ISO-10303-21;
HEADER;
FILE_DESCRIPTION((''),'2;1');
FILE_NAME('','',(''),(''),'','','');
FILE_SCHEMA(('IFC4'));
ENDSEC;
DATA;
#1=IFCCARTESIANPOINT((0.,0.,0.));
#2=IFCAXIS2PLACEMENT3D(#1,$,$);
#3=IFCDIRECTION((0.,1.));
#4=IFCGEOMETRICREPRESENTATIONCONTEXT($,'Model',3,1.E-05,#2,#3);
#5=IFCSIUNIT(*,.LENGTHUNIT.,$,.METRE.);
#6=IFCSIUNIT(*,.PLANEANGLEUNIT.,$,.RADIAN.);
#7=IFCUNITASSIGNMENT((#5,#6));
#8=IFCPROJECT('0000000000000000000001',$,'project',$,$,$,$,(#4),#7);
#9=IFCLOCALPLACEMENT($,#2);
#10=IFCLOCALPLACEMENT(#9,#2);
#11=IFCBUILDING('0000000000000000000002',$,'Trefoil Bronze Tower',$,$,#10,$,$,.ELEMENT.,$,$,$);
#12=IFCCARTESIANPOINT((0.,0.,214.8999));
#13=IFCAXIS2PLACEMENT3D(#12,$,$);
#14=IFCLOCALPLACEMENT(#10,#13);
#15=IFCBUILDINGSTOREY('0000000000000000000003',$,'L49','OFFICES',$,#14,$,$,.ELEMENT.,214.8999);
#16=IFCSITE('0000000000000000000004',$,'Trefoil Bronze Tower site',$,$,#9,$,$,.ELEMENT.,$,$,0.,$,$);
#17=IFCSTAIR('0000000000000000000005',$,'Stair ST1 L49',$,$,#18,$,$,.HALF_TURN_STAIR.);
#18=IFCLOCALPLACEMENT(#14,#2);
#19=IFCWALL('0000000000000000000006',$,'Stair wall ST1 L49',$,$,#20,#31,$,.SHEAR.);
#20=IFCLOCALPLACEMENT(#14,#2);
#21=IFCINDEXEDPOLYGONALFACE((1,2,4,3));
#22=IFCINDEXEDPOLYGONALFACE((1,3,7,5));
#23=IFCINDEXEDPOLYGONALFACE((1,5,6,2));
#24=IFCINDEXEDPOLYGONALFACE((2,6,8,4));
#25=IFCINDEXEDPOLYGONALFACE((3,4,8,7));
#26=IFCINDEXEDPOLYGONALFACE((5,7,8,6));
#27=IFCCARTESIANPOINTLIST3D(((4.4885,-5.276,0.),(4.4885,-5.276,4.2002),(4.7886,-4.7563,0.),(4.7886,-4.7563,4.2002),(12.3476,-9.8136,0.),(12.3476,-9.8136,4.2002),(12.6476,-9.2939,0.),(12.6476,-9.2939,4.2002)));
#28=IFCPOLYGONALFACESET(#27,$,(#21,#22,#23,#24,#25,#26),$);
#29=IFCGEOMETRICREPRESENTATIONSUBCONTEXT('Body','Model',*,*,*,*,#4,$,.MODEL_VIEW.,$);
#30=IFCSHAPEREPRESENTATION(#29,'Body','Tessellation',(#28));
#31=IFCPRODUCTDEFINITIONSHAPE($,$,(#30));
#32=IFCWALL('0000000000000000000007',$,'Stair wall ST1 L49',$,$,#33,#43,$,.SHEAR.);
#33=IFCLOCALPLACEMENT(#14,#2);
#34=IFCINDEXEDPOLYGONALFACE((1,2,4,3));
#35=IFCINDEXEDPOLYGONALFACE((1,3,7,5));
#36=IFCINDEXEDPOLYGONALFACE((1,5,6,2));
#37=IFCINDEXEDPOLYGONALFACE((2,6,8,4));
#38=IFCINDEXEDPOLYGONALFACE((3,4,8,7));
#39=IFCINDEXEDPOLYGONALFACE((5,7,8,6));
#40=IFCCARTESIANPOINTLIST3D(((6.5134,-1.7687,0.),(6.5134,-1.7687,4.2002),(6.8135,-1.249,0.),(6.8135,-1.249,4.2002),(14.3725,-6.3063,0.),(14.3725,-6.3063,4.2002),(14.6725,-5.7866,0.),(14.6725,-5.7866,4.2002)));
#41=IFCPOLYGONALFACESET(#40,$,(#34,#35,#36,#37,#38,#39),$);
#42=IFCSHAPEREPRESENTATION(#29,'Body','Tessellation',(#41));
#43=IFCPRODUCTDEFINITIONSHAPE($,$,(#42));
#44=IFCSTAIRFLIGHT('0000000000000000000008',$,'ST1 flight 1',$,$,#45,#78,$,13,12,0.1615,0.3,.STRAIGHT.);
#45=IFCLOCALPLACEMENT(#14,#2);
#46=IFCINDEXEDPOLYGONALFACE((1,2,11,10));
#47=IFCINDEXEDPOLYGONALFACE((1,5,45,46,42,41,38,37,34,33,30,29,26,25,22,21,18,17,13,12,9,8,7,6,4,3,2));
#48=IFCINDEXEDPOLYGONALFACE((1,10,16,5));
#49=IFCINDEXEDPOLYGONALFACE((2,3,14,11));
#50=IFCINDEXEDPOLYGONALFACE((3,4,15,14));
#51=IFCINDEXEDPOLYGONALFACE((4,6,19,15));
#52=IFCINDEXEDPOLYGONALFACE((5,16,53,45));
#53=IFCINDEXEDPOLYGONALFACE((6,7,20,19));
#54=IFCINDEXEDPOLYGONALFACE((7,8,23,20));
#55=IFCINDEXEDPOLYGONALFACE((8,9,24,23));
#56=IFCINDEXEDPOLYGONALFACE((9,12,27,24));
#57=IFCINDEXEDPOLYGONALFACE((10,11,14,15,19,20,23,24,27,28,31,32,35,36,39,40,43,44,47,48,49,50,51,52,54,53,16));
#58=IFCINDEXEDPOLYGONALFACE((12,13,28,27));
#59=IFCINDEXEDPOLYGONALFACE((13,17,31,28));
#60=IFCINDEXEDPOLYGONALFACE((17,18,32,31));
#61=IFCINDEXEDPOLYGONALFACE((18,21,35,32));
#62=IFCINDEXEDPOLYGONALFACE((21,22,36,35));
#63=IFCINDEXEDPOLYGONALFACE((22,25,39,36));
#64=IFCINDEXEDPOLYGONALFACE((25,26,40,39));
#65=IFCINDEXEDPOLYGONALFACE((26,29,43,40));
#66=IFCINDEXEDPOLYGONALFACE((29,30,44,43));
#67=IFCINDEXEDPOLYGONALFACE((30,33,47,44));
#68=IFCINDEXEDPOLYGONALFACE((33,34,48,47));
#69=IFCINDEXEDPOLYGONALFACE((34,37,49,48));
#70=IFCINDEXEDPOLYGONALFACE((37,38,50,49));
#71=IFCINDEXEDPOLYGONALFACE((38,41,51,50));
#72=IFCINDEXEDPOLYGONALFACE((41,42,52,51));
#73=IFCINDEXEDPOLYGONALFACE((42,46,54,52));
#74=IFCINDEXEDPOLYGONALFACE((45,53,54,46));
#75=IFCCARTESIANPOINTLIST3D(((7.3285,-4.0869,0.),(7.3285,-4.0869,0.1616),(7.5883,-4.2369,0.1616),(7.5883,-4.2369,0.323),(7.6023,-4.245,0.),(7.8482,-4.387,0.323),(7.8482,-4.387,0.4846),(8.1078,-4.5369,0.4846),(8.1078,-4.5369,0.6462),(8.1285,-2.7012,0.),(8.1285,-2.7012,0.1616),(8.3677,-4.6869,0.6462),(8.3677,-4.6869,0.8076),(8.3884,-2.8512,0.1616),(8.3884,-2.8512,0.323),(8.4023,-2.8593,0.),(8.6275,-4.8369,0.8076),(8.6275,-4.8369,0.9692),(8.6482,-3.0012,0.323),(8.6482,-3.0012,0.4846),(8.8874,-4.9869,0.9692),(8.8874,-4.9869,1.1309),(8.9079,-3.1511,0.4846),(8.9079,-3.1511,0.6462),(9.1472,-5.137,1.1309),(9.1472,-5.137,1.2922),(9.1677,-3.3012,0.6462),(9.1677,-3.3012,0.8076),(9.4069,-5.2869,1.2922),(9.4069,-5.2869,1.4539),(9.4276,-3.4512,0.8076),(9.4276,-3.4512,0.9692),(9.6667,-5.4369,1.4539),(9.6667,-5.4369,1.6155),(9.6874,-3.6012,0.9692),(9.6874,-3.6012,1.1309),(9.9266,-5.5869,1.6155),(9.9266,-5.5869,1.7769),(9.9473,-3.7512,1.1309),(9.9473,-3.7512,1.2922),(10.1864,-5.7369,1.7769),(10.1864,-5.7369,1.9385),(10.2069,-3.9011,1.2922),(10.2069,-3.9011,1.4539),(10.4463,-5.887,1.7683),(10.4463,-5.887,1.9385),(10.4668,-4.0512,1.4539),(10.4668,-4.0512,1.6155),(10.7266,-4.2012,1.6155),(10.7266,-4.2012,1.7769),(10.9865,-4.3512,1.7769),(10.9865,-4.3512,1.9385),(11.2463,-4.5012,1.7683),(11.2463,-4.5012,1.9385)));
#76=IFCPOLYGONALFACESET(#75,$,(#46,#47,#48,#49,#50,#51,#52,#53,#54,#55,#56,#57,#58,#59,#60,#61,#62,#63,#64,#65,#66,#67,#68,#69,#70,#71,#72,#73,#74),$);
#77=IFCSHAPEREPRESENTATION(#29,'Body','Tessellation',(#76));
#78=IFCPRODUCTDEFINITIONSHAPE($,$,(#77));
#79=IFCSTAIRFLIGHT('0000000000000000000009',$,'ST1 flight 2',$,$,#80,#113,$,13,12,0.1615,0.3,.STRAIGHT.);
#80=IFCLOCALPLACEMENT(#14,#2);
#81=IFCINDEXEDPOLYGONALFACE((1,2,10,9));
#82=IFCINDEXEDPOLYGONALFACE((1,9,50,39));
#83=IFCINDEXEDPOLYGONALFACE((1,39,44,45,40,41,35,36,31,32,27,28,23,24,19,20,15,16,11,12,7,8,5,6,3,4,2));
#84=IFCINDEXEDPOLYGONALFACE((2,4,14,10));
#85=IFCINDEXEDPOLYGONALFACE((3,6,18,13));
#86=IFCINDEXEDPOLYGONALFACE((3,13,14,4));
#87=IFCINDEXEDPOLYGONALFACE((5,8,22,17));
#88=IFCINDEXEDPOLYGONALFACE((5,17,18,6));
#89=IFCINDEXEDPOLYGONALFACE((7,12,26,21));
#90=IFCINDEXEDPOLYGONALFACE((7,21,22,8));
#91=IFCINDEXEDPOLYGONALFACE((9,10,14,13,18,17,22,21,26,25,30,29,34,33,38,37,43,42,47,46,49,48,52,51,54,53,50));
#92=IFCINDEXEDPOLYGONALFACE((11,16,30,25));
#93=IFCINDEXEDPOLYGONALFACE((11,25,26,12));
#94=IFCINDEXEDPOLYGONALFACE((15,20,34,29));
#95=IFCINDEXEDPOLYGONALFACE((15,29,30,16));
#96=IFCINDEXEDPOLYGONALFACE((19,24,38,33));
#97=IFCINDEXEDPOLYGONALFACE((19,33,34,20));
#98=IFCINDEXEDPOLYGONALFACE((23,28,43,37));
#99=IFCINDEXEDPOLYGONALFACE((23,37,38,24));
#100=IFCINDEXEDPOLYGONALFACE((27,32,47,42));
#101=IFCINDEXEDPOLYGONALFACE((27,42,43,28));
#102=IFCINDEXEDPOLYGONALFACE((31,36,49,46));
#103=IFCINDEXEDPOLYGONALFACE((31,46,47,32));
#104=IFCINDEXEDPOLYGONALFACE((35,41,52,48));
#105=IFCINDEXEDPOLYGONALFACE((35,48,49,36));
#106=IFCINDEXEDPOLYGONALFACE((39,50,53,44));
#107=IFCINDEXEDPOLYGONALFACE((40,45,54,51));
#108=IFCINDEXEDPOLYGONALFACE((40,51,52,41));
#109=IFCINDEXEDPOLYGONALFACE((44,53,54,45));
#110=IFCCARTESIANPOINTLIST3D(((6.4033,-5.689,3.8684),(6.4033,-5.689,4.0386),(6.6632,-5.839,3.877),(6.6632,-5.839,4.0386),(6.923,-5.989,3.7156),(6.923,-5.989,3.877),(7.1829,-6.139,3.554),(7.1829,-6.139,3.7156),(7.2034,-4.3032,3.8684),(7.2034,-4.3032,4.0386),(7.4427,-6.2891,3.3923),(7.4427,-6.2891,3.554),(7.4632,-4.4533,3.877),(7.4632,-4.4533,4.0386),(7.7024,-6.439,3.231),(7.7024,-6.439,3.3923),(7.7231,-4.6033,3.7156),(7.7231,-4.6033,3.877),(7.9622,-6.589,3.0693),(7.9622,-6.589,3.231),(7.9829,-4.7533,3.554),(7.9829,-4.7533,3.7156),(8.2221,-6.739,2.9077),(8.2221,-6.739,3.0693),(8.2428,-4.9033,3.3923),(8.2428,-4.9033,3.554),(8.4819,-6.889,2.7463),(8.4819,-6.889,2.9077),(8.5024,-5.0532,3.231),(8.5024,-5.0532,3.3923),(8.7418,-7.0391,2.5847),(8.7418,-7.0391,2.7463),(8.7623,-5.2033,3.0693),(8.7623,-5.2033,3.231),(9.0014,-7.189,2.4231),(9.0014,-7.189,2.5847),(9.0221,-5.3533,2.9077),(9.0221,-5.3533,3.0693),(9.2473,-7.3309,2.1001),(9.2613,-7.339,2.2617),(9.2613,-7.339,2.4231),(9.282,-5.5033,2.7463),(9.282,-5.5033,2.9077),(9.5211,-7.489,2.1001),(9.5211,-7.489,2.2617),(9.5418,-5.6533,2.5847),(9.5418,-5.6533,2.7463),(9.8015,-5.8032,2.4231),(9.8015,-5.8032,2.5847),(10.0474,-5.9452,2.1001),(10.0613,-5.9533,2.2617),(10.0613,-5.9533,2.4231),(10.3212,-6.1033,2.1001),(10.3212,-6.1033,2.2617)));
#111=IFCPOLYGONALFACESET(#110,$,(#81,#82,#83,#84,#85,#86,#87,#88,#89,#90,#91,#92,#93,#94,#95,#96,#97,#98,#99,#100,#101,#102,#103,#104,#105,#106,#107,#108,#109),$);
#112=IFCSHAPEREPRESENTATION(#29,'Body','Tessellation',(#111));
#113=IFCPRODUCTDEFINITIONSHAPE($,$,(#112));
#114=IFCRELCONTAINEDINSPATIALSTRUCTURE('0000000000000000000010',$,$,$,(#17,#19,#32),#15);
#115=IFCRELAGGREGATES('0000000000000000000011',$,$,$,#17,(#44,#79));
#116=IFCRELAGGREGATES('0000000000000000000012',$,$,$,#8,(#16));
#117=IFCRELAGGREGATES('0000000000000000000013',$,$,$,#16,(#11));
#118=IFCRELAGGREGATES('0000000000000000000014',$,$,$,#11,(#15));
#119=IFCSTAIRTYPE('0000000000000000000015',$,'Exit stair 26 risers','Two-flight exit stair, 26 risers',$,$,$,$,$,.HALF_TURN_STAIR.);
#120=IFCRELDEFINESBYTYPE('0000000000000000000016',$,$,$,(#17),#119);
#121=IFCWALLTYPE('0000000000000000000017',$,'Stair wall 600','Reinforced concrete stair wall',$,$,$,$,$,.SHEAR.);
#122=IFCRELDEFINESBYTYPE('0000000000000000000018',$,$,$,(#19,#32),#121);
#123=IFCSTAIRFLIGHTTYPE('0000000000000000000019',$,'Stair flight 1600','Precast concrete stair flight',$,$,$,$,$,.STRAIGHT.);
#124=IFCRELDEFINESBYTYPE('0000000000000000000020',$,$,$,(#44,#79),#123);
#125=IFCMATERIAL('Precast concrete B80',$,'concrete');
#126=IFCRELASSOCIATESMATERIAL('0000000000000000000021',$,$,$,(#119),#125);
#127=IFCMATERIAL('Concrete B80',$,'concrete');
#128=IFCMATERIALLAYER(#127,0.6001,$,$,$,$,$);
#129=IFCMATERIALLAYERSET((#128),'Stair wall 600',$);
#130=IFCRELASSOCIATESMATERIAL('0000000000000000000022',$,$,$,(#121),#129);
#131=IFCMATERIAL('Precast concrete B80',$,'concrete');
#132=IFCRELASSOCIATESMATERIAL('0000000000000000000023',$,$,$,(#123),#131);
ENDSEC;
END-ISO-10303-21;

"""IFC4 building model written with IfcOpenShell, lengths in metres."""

from ifc_helpers import new_model, si_unit, direction, frame, frame_2d, origin, place, context, subcontext, project, spatial, polyline, rectangle, outline, extrude, material, layer, layer_set, type_object, element, aggregate, save


model = new_model("IFC4")

# Units and contexts
model_context = context("Model", 3, precision=1e-05, world=origin(), true_north=direction((0.0, 1.0)))
body_context = subcontext(model_context, "Body", "Model", "MODEL_VIEW")
ifc_project = project(units=[si_unit("LENGTHUNIT", "METRE"), si_unit("PLANEANGLEUNIT", "RADIAN")], contexts=[model_context])

# Site, building, storey
site_placement = place(None, origin())
site = spatial("IfcSite", under=ifc_project, at=site_placement, Name="Trefoil Bronze Tower site", CompositionType="ELEMENT", RefElevation=0.0)
building_placement = place(site_placement, origin())
building = spatial("IfcBuilding", under=site, at=building_placement, Name="Trefoil Bronze Tower", CompositionType="ELEMENT")
storey_placement = place(building_placement, frame((0.0, 0.0, 214.8999)))
storey = spatial("IfcBuildingStorey", under=building, at=storey_placement, Name="L49", Description="OFFICES", CompositionType="ELEMENT", Elevation=214.8999)

# Stair
ifc_material_1 = material(Name="Precast concrete B80", Category="concrete")
stair_type = type_object("IfcStairType", Name="Exit stair 26 risers", Description="Two-flight exit stair, 26 risers", PredefinedType="HALF_TURN_STAIR", material=ifc_material_1)
stair_1_placement = place(storey_placement, origin())
stair_1 = element("IfcStair", 1, at=stair_1_placement, inside=storey, type_object=stair_type, Name="Stair ST1 L49", PredefinedType="HALF_TURN_STAIR")

# Walls
ifc_material_2 = material(Name="Concrete B80", Category="concrete")
ifc_layer_1 = layer(ifc_material_2, 0.6001)
ifc_layer_set_1 = layer_set([ifc_layer_1], Name="Stair wall 600")
wall_type_1 = type_object("IfcWallType", Name="Stair wall 600", Description="Reinforced concrete stair wall", PredefinedType="SHEAR", material=ifc_layer_set_1)
for number, where, z_axis, x_axis, name in (
    (2, (4.6384, -5.0161, 0.0), (0.0, 0.0, 1.0), (0.866019, -0.50001, 0.0), "Stair wall ST1 L49"),
    (3, (6.6633, -1.5088, 0.0), (0.0, 0.0, 1.0), (0.866019, -0.50001, 0.0), "Stair wall ST1 L49"),
):
    element("IfcWall", number, at=place(storey_placement, frame(where, z_axis=z_axis, x_axis=x_axis)), inside=storey, type_object=wall_type_1, Name=name, PredefinedType="SHEAR", context=body_context, shape_type="SweptSolid", body=[
        extrude(rectangle(XDim=9.075, YDim=0.6001, at=frame_2d((4.5376, 0.0))), origin(), (0.0, 0.0, 1.0), 4.2002),
    ])

# Stair flights
ifc_material_3 = material(Name="Precast concrete B80", Category="concrete")
stair_flight_type = type_object("IfcStairFlightType", Name="Stair flight 1600", Description="Precast concrete stair flight", PredefinedType="STRAIGHT", material=ifc_material_3)
stair_flight_1_placement = place(storey_placement, frame((7.7285, -3.394, 0.0), z_axis=(0.0, 0.0, 1.0), x_axis=(0.866025, -0.5, 0.0)))
stair_flight_1 = element("IfcStairFlight", 4, at=stair_flight_1_placement, type_object=stair_flight_type, Name="ST1 flight 1", NumberOfRisers=13, NumberOfTreads=12, PredefinedType="STRAIGHT", RiserHeight=0.1615, TreadLength=0.3, context=body_context, shape_type="SweptSolid", body=[
    extrude(outline(polyline([(0.0, 0.0), (0.0, 0.1616), (0.3, 0.1616), (0.3, 0.323), (0.6001, 0.323), (0.6001, 0.4846), (0.8999, 0.4846), (0.8999, 0.6462), (1.2, 0.6462), (1.2, 0.8076), (1.5, 0.8076), (1.5, 0.9692), (1.8, 0.9692), (1.8, 1.1309), (2.1001, 1.1309), (2.1001, 1.2922), (2.3999, 1.2922), (2.3999, 1.4539), (2.7, 1.4539), (2.7, 1.6155), (3.0, 1.6155), (3.0, 1.7769), (3.3, 1.7769), (3.3, 1.9385), (3.6001, 1.9385), (3.6001, 2.1001), (3.6001, 1.7683), (0.3162, 0.0), (0.0, 0.0)])), frame((0.0, 0.8, 0.0), z_axis=(0.0, -1.0, 0.0), x_axis=(1.0, 0.0, 0.0)), (0.0, 0.0, 1.0), 1.6001),
])
stair_flight_2_placement = place(storey_placement, frame((9.9211, -6.7961, 2.1001), z_axis=(0.0, 0.0, 1.0), x_axis=(-0.866025, 0.5, 0.0)))
stair_flight_2 = element("IfcStairFlight", 5, at=stair_flight_2_placement, type_object=stair_flight_type, Name="ST1 flight 2", NumberOfRisers=13, NumberOfTreads=12, PredefinedType="STRAIGHT", RiserHeight=0.1615, TreadLength=0.3, context=body_context, shape_type="SweptSolid", body=[
    extrude(outline(polyline([(0.0, 0.0), (0.0, 0.1616), (0.3, 0.1616), (0.3, 0.323), (0.6001, 0.323), (0.6001, 0.4846), (0.8999, 0.4846), (0.8999, 0.6462), (1.2, 0.6462), (1.2, 0.8076), (1.5, 0.8076), (1.5, 0.9692), (1.8, 0.9692), (1.8, 1.1309), (2.1001, 1.1309), (2.1001, 1.2922), (2.3999, 1.2922), (2.3999, 1.4539), (2.7, 1.4539), (2.7, 1.6155), (3.0, 1.6155), (3.0, 1.7769), (3.3, 1.7769), (3.3, 1.9385), (3.6001, 1.9385), (3.6001, 2.1001), (3.6001, 1.7683), (0.3162, 0.0), (0.0, 0.0)])), frame((0.0, 0.8, 0.0), z_axis=(0.0, -1.0, 0.0), x_axis=(1.0, 0.0, 0.0)), (0.0, 0.0, 1.0), 1.6001),
])
aggregate(stair_1, [stair_flight_1, stair_flight_2])

save(model, "model.ifc")
